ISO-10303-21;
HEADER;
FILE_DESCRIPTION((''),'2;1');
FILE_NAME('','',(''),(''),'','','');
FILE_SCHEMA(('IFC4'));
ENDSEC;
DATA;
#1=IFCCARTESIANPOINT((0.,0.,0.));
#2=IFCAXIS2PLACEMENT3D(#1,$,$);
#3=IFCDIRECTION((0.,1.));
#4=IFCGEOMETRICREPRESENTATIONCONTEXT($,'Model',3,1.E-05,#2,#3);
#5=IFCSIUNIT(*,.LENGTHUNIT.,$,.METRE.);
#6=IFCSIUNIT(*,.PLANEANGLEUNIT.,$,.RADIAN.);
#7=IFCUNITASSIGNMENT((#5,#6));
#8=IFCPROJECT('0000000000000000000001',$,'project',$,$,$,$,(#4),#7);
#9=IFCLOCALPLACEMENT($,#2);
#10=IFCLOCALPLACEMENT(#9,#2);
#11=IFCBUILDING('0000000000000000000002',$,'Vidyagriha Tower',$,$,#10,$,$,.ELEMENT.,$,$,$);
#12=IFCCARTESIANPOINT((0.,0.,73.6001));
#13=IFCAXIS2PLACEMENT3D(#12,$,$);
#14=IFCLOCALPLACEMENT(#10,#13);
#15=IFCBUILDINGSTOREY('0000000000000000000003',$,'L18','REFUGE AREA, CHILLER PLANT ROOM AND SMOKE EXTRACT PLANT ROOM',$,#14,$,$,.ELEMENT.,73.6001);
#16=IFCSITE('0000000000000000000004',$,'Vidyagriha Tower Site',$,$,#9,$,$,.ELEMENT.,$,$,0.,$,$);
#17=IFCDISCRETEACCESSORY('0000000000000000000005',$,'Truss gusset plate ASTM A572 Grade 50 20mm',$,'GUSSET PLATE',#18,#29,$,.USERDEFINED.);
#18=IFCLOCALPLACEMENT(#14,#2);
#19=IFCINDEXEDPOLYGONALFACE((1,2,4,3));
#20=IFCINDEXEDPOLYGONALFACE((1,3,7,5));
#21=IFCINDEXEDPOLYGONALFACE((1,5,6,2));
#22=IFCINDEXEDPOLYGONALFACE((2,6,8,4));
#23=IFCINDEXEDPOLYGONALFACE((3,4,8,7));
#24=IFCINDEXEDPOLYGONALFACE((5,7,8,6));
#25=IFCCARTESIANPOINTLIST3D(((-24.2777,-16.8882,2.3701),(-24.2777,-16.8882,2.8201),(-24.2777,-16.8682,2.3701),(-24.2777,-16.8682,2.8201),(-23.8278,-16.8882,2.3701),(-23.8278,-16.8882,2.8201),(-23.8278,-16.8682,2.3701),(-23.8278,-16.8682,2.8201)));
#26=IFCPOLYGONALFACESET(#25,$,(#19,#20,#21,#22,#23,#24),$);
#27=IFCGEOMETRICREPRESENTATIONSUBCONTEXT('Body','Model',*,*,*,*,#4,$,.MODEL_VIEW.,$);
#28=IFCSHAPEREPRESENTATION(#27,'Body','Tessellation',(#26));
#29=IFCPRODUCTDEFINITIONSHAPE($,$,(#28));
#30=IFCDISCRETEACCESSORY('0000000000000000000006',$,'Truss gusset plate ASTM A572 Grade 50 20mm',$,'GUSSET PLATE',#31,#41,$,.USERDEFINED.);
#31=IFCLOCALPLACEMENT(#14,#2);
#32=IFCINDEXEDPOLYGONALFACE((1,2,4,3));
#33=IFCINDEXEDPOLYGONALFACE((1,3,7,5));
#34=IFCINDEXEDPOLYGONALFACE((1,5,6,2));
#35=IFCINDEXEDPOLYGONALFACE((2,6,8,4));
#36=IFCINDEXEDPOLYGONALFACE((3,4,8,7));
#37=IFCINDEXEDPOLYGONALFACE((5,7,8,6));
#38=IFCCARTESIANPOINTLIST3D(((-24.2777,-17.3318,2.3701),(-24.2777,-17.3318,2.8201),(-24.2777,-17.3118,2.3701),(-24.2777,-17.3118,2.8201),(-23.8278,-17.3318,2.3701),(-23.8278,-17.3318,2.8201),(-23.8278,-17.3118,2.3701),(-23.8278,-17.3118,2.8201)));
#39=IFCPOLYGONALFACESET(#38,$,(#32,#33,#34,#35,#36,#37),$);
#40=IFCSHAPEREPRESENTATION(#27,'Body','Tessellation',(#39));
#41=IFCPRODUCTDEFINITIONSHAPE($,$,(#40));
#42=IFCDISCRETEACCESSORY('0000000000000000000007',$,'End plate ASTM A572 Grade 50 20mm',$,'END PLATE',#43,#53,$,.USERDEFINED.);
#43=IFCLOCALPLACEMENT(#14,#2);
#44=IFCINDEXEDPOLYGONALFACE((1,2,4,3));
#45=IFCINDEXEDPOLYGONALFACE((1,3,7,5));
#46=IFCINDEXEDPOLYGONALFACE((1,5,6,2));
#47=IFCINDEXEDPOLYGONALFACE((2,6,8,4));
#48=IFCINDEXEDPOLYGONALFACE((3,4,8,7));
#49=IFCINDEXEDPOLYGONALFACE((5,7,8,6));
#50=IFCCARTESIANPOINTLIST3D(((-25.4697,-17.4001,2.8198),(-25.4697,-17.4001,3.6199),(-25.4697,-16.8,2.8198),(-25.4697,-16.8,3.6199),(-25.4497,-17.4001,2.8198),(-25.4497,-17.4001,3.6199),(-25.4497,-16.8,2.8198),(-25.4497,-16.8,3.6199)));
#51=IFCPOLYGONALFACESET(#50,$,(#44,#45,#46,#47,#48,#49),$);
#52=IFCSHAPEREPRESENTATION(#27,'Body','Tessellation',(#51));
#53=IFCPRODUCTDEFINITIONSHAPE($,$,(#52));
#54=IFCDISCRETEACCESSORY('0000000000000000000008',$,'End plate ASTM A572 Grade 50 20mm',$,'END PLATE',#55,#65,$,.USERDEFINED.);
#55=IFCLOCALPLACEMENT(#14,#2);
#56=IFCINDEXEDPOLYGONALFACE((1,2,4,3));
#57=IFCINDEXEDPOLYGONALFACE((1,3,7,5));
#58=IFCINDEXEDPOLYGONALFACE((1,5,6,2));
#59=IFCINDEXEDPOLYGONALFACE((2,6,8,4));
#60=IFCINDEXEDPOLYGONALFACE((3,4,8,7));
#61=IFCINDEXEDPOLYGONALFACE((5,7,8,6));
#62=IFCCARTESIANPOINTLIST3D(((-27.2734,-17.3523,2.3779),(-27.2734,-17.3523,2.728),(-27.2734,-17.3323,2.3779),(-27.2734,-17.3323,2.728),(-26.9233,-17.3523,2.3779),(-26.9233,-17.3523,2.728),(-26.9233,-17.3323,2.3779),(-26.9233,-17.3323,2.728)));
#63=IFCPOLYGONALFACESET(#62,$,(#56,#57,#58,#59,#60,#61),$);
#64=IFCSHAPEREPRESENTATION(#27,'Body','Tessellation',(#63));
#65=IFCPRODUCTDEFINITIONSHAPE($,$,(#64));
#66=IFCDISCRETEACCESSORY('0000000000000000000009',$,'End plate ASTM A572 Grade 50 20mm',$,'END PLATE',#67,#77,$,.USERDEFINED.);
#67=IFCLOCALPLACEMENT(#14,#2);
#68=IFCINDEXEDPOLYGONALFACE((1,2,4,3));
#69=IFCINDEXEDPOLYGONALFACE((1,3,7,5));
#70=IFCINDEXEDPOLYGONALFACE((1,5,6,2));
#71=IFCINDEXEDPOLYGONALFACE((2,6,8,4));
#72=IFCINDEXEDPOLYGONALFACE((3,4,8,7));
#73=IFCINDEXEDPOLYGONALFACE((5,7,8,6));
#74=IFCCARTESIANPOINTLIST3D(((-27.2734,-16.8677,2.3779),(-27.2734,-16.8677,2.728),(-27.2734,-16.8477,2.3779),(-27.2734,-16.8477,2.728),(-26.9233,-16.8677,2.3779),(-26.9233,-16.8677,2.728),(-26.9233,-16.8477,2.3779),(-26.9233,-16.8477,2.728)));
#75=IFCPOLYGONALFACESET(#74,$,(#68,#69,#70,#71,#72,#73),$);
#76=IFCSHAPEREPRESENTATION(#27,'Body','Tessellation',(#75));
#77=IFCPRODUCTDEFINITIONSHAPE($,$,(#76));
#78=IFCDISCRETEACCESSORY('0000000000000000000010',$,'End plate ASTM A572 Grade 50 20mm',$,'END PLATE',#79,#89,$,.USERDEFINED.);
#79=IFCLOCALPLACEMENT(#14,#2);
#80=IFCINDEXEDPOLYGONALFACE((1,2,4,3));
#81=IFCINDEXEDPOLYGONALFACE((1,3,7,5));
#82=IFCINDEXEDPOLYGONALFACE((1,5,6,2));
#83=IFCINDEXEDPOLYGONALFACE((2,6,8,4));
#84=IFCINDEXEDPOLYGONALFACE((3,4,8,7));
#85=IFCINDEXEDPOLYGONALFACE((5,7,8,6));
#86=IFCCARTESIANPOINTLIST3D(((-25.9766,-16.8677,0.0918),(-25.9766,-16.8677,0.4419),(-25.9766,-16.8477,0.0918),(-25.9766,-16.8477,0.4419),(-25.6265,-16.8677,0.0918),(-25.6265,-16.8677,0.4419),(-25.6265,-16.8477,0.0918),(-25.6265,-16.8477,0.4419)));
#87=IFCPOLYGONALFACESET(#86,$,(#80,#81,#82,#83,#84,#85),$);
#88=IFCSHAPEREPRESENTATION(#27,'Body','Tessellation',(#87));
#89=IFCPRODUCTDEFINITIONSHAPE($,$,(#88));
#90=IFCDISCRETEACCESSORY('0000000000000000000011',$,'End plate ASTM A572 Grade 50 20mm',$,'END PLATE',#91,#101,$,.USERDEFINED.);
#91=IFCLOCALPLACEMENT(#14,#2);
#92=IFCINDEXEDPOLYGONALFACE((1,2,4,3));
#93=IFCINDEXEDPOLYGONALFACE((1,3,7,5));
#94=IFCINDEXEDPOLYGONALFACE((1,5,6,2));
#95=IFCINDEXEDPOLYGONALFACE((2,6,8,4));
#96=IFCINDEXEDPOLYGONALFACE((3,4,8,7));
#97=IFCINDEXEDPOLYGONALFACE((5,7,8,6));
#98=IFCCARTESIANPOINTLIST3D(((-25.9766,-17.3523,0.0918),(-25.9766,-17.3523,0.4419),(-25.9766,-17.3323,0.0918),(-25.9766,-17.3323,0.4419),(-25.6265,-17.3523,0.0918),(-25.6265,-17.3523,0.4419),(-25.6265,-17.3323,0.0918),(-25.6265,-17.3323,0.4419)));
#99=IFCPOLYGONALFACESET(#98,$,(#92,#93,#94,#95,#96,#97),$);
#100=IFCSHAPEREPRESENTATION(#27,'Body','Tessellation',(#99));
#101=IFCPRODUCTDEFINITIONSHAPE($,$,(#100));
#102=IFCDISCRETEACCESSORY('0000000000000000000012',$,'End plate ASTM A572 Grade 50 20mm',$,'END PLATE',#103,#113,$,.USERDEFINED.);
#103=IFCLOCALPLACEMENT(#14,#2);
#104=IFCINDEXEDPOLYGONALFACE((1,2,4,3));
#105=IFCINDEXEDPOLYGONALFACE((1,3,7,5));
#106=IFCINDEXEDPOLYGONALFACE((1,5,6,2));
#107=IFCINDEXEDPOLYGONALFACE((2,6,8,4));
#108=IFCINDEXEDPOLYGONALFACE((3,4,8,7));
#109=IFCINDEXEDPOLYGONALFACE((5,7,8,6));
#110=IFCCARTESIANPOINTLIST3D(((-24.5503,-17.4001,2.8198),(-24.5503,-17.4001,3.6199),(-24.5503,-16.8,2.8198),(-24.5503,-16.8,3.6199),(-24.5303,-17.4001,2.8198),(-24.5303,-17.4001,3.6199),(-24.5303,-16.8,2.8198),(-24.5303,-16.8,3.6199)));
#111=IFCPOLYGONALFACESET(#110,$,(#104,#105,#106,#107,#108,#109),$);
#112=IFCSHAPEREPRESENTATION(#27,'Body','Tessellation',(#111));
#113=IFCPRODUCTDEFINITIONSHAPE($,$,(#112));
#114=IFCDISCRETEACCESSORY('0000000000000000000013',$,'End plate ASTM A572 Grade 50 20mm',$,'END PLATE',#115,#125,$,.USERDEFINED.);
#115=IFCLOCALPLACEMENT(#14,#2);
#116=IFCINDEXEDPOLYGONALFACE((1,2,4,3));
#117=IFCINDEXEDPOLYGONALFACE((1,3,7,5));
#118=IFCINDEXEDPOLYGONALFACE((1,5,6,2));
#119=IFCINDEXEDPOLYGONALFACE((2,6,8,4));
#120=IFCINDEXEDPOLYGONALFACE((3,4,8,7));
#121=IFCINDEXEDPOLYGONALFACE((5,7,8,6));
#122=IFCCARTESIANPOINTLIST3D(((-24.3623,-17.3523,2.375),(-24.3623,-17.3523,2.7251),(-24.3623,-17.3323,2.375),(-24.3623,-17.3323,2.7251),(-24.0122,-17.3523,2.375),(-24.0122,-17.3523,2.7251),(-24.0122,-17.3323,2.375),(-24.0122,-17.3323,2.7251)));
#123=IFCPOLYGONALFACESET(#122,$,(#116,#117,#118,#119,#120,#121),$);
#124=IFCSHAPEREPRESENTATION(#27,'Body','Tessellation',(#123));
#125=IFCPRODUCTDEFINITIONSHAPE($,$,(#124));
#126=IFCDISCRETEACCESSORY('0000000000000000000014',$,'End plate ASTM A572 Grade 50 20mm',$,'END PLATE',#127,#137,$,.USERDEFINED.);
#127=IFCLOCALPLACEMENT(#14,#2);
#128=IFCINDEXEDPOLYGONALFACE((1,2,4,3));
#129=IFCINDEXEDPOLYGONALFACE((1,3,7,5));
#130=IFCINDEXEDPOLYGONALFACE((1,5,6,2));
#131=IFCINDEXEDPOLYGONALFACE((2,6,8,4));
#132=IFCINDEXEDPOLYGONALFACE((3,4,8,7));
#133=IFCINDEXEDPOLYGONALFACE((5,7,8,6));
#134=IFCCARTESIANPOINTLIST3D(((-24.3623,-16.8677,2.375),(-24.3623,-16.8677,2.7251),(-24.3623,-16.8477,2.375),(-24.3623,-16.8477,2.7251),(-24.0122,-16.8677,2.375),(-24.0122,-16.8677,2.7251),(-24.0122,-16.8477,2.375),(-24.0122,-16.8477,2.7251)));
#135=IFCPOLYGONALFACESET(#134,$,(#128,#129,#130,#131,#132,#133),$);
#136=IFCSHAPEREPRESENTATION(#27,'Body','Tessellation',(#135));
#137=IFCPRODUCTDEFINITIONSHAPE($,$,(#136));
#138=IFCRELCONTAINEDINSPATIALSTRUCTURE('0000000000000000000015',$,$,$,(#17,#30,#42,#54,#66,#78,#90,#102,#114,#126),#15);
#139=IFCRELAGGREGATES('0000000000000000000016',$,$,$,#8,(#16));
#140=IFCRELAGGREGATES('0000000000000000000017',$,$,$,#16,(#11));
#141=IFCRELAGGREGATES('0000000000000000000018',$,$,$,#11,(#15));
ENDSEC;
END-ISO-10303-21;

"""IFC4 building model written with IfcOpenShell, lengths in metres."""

from ifc_helpers import new_model, si_unit, direction, frame, origin, origin_2d, place, context, subcontext, project, spatial, rectangle, extrude, element, save


model = new_model("IFC4")

# Units and contexts
model_context = context("Model", 3, precision=1e-05, world=origin(), true_north=direction((0.0, 1.0)))
body_context = subcontext(model_context, "Body", "Model", "MODEL_VIEW")
ifc_project = project(units=[si_unit("LENGTHUNIT", "METRE"), si_unit("PLANEANGLEUNIT", "RADIAN")], contexts=[model_context])

# Site, building, storey
site_placement = place(None, origin())
site = spatial("IfcSite", under=ifc_project, at=site_placement, Name="Vidyagriha Tower Site", CompositionType="ELEMENT", RefElevation=0.0)
building_placement = place(site_placement, origin())
building = spatial("IfcBuilding", under=site, at=building_placement, Name="Vidyagriha Tower", CompositionType="ELEMENT")
storey_placement = place(building_placement, frame((0.0, 0.0, 73.6001)))
storey = spatial("IfcBuildingStorey", under=building, at=storey_placement, Name="L18", Description="REFUGE AREA, CHILLER PLANT ROOM AND SMOKE EXTRACT PLANT ROOM", CompositionType="ELEMENT", Elevation=73.6001)

# Discrete accessories
for number, where, name in (
    (1, (-24.0527, -16.8782, 2.3701), "Truss gusset plate ASTM A572 Grade 50 20mm"),
    (2, (-24.0527, -17.3218, 2.3701), "Truss gusset plate ASTM A572 Grade 50 20mm"),
):
    element("IfcDiscreteAccessory", number, at=place(storey_placement, frame(where)), inside=storey, Name=name, ObjectType="GUSSET PLATE", PredefinedType="USERDEFINED", context=body_context, shape_type="SweptSolid", body=[
        extrude(rectangle(XDim=0.45, YDim=0.02, at=origin_2d()), origin(), (0.0, 0.0, 1.0), 0.45),
    ])
discrete_accessory_1_placement = place(storey_placement, frame((-25.4597, -17.1001, 2.8198)))
element("IfcDiscreteAccessory", 3, at=discrete_accessory_1_placement, inside=storey, Name="End plate ASTM A572 Grade 50 20mm", ObjectType="END PLATE", PredefinedType="USERDEFINED", context=body_context, shape_type="SweptSolid", body=[
    extrude(rectangle(XDim=0.02, YDim=0.6001, at=origin_2d()), origin(), (0.0, 0.0, 1.0), 0.8),
])
for number, where, z_axis, x_axis, name in (
    (4, (-27.0984, -17.3423, 2.3779), (0.0, 0.0, 1.0), (-1.0, 0.0, 0.0), "End plate ASTM A572 Grade 50 20mm"),
    (5, (-27.0984, -16.8577, 2.3779), (0.0, 0.0, 1.0), (-1.0, 0.0, 0.0), "End plate ASTM A572 Grade 50 20mm"),
):
    element("IfcDiscreteAccessory", number, at=place(storey_placement, frame(where, z_axis=z_axis, x_axis=x_axis)), inside=storey, Name=name, ObjectType="END PLATE", PredefinedType="USERDEFINED", context=body_context, shape_type="SweptSolid", body=[
        extrude(rectangle(XDim=0.3501, YDim=0.02, at=origin_2d()), origin(), (0.0, 0.0, 1.0), 0.3501),
    ])
for number, where, name in (
    (6, (-25.8015, -16.8577, 0.0918), "End plate ASTM A572 Grade 50 20mm"),
    (7, (-25.8015, -17.3423, 0.0918), "End plate ASTM A572 Grade 50 20mm"),
):
    element("IfcDiscreteAccessory", number, at=place(storey_placement, frame(where)), inside=storey, Name=name, ObjectType="END PLATE", PredefinedType="USERDEFINED", context=body_context, shape_type="SweptSolid", body=[
        extrude(rectangle(XDim=0.3501, YDim=0.02, at=origin_2d()), origin(), (0.0, 0.0, 1.0), 0.3501),
    ])
discrete_accessory_2_placement = place(storey_placement, frame((-24.5403, -17.1001, 2.8198), z_axis=(0.0, 0.0, 1.0), x_axis=(-1.0, 0.0, 0.0)))
element("IfcDiscreteAccessory", 8, at=discrete_accessory_2_placement, inside=storey, Name="End plate ASTM A572 Grade 50 20mm", ObjectType="END PLATE", PredefinedType="USERDEFINED", context=body_context, shape_type="SweptSolid", body=[
    extrude(rectangle(XDim=0.02, YDim=0.6001, at=origin_2d()), origin(), (0.0, 0.0, 1.0), 0.8),
])
for number, where, z_axis, x_axis, name in (
    (9, (-24.1873, -17.3423, 2.375), (0.0, 0.0, 1.0), (-1.0, 0.0, 0.0), "End plate ASTM A572 Grade 50 20mm"),
    (10, (-24.1873, -16.8577, 2.375), (0.0, 0.0, 1.0), (-1.0, 0.0, 0.0), "End plate ASTM A572 Grade 50 20mm"),
):
    element("IfcDiscreteAccessory", number, at=place(storey_placement, frame(where, z_axis=z_axis, x_axis=x_axis)), inside=storey, Name=name, ObjectType="END PLATE", PredefinedType="USERDEFINED", context=body_context, shape_type="SweptSolid", body=[
        extrude(rectangle(XDim=0.3501, YDim=0.02, at=origin_2d()), origin(), (0.0, 0.0, 1.0), 0.3501),
    ])

save(model, "model.ifc")
